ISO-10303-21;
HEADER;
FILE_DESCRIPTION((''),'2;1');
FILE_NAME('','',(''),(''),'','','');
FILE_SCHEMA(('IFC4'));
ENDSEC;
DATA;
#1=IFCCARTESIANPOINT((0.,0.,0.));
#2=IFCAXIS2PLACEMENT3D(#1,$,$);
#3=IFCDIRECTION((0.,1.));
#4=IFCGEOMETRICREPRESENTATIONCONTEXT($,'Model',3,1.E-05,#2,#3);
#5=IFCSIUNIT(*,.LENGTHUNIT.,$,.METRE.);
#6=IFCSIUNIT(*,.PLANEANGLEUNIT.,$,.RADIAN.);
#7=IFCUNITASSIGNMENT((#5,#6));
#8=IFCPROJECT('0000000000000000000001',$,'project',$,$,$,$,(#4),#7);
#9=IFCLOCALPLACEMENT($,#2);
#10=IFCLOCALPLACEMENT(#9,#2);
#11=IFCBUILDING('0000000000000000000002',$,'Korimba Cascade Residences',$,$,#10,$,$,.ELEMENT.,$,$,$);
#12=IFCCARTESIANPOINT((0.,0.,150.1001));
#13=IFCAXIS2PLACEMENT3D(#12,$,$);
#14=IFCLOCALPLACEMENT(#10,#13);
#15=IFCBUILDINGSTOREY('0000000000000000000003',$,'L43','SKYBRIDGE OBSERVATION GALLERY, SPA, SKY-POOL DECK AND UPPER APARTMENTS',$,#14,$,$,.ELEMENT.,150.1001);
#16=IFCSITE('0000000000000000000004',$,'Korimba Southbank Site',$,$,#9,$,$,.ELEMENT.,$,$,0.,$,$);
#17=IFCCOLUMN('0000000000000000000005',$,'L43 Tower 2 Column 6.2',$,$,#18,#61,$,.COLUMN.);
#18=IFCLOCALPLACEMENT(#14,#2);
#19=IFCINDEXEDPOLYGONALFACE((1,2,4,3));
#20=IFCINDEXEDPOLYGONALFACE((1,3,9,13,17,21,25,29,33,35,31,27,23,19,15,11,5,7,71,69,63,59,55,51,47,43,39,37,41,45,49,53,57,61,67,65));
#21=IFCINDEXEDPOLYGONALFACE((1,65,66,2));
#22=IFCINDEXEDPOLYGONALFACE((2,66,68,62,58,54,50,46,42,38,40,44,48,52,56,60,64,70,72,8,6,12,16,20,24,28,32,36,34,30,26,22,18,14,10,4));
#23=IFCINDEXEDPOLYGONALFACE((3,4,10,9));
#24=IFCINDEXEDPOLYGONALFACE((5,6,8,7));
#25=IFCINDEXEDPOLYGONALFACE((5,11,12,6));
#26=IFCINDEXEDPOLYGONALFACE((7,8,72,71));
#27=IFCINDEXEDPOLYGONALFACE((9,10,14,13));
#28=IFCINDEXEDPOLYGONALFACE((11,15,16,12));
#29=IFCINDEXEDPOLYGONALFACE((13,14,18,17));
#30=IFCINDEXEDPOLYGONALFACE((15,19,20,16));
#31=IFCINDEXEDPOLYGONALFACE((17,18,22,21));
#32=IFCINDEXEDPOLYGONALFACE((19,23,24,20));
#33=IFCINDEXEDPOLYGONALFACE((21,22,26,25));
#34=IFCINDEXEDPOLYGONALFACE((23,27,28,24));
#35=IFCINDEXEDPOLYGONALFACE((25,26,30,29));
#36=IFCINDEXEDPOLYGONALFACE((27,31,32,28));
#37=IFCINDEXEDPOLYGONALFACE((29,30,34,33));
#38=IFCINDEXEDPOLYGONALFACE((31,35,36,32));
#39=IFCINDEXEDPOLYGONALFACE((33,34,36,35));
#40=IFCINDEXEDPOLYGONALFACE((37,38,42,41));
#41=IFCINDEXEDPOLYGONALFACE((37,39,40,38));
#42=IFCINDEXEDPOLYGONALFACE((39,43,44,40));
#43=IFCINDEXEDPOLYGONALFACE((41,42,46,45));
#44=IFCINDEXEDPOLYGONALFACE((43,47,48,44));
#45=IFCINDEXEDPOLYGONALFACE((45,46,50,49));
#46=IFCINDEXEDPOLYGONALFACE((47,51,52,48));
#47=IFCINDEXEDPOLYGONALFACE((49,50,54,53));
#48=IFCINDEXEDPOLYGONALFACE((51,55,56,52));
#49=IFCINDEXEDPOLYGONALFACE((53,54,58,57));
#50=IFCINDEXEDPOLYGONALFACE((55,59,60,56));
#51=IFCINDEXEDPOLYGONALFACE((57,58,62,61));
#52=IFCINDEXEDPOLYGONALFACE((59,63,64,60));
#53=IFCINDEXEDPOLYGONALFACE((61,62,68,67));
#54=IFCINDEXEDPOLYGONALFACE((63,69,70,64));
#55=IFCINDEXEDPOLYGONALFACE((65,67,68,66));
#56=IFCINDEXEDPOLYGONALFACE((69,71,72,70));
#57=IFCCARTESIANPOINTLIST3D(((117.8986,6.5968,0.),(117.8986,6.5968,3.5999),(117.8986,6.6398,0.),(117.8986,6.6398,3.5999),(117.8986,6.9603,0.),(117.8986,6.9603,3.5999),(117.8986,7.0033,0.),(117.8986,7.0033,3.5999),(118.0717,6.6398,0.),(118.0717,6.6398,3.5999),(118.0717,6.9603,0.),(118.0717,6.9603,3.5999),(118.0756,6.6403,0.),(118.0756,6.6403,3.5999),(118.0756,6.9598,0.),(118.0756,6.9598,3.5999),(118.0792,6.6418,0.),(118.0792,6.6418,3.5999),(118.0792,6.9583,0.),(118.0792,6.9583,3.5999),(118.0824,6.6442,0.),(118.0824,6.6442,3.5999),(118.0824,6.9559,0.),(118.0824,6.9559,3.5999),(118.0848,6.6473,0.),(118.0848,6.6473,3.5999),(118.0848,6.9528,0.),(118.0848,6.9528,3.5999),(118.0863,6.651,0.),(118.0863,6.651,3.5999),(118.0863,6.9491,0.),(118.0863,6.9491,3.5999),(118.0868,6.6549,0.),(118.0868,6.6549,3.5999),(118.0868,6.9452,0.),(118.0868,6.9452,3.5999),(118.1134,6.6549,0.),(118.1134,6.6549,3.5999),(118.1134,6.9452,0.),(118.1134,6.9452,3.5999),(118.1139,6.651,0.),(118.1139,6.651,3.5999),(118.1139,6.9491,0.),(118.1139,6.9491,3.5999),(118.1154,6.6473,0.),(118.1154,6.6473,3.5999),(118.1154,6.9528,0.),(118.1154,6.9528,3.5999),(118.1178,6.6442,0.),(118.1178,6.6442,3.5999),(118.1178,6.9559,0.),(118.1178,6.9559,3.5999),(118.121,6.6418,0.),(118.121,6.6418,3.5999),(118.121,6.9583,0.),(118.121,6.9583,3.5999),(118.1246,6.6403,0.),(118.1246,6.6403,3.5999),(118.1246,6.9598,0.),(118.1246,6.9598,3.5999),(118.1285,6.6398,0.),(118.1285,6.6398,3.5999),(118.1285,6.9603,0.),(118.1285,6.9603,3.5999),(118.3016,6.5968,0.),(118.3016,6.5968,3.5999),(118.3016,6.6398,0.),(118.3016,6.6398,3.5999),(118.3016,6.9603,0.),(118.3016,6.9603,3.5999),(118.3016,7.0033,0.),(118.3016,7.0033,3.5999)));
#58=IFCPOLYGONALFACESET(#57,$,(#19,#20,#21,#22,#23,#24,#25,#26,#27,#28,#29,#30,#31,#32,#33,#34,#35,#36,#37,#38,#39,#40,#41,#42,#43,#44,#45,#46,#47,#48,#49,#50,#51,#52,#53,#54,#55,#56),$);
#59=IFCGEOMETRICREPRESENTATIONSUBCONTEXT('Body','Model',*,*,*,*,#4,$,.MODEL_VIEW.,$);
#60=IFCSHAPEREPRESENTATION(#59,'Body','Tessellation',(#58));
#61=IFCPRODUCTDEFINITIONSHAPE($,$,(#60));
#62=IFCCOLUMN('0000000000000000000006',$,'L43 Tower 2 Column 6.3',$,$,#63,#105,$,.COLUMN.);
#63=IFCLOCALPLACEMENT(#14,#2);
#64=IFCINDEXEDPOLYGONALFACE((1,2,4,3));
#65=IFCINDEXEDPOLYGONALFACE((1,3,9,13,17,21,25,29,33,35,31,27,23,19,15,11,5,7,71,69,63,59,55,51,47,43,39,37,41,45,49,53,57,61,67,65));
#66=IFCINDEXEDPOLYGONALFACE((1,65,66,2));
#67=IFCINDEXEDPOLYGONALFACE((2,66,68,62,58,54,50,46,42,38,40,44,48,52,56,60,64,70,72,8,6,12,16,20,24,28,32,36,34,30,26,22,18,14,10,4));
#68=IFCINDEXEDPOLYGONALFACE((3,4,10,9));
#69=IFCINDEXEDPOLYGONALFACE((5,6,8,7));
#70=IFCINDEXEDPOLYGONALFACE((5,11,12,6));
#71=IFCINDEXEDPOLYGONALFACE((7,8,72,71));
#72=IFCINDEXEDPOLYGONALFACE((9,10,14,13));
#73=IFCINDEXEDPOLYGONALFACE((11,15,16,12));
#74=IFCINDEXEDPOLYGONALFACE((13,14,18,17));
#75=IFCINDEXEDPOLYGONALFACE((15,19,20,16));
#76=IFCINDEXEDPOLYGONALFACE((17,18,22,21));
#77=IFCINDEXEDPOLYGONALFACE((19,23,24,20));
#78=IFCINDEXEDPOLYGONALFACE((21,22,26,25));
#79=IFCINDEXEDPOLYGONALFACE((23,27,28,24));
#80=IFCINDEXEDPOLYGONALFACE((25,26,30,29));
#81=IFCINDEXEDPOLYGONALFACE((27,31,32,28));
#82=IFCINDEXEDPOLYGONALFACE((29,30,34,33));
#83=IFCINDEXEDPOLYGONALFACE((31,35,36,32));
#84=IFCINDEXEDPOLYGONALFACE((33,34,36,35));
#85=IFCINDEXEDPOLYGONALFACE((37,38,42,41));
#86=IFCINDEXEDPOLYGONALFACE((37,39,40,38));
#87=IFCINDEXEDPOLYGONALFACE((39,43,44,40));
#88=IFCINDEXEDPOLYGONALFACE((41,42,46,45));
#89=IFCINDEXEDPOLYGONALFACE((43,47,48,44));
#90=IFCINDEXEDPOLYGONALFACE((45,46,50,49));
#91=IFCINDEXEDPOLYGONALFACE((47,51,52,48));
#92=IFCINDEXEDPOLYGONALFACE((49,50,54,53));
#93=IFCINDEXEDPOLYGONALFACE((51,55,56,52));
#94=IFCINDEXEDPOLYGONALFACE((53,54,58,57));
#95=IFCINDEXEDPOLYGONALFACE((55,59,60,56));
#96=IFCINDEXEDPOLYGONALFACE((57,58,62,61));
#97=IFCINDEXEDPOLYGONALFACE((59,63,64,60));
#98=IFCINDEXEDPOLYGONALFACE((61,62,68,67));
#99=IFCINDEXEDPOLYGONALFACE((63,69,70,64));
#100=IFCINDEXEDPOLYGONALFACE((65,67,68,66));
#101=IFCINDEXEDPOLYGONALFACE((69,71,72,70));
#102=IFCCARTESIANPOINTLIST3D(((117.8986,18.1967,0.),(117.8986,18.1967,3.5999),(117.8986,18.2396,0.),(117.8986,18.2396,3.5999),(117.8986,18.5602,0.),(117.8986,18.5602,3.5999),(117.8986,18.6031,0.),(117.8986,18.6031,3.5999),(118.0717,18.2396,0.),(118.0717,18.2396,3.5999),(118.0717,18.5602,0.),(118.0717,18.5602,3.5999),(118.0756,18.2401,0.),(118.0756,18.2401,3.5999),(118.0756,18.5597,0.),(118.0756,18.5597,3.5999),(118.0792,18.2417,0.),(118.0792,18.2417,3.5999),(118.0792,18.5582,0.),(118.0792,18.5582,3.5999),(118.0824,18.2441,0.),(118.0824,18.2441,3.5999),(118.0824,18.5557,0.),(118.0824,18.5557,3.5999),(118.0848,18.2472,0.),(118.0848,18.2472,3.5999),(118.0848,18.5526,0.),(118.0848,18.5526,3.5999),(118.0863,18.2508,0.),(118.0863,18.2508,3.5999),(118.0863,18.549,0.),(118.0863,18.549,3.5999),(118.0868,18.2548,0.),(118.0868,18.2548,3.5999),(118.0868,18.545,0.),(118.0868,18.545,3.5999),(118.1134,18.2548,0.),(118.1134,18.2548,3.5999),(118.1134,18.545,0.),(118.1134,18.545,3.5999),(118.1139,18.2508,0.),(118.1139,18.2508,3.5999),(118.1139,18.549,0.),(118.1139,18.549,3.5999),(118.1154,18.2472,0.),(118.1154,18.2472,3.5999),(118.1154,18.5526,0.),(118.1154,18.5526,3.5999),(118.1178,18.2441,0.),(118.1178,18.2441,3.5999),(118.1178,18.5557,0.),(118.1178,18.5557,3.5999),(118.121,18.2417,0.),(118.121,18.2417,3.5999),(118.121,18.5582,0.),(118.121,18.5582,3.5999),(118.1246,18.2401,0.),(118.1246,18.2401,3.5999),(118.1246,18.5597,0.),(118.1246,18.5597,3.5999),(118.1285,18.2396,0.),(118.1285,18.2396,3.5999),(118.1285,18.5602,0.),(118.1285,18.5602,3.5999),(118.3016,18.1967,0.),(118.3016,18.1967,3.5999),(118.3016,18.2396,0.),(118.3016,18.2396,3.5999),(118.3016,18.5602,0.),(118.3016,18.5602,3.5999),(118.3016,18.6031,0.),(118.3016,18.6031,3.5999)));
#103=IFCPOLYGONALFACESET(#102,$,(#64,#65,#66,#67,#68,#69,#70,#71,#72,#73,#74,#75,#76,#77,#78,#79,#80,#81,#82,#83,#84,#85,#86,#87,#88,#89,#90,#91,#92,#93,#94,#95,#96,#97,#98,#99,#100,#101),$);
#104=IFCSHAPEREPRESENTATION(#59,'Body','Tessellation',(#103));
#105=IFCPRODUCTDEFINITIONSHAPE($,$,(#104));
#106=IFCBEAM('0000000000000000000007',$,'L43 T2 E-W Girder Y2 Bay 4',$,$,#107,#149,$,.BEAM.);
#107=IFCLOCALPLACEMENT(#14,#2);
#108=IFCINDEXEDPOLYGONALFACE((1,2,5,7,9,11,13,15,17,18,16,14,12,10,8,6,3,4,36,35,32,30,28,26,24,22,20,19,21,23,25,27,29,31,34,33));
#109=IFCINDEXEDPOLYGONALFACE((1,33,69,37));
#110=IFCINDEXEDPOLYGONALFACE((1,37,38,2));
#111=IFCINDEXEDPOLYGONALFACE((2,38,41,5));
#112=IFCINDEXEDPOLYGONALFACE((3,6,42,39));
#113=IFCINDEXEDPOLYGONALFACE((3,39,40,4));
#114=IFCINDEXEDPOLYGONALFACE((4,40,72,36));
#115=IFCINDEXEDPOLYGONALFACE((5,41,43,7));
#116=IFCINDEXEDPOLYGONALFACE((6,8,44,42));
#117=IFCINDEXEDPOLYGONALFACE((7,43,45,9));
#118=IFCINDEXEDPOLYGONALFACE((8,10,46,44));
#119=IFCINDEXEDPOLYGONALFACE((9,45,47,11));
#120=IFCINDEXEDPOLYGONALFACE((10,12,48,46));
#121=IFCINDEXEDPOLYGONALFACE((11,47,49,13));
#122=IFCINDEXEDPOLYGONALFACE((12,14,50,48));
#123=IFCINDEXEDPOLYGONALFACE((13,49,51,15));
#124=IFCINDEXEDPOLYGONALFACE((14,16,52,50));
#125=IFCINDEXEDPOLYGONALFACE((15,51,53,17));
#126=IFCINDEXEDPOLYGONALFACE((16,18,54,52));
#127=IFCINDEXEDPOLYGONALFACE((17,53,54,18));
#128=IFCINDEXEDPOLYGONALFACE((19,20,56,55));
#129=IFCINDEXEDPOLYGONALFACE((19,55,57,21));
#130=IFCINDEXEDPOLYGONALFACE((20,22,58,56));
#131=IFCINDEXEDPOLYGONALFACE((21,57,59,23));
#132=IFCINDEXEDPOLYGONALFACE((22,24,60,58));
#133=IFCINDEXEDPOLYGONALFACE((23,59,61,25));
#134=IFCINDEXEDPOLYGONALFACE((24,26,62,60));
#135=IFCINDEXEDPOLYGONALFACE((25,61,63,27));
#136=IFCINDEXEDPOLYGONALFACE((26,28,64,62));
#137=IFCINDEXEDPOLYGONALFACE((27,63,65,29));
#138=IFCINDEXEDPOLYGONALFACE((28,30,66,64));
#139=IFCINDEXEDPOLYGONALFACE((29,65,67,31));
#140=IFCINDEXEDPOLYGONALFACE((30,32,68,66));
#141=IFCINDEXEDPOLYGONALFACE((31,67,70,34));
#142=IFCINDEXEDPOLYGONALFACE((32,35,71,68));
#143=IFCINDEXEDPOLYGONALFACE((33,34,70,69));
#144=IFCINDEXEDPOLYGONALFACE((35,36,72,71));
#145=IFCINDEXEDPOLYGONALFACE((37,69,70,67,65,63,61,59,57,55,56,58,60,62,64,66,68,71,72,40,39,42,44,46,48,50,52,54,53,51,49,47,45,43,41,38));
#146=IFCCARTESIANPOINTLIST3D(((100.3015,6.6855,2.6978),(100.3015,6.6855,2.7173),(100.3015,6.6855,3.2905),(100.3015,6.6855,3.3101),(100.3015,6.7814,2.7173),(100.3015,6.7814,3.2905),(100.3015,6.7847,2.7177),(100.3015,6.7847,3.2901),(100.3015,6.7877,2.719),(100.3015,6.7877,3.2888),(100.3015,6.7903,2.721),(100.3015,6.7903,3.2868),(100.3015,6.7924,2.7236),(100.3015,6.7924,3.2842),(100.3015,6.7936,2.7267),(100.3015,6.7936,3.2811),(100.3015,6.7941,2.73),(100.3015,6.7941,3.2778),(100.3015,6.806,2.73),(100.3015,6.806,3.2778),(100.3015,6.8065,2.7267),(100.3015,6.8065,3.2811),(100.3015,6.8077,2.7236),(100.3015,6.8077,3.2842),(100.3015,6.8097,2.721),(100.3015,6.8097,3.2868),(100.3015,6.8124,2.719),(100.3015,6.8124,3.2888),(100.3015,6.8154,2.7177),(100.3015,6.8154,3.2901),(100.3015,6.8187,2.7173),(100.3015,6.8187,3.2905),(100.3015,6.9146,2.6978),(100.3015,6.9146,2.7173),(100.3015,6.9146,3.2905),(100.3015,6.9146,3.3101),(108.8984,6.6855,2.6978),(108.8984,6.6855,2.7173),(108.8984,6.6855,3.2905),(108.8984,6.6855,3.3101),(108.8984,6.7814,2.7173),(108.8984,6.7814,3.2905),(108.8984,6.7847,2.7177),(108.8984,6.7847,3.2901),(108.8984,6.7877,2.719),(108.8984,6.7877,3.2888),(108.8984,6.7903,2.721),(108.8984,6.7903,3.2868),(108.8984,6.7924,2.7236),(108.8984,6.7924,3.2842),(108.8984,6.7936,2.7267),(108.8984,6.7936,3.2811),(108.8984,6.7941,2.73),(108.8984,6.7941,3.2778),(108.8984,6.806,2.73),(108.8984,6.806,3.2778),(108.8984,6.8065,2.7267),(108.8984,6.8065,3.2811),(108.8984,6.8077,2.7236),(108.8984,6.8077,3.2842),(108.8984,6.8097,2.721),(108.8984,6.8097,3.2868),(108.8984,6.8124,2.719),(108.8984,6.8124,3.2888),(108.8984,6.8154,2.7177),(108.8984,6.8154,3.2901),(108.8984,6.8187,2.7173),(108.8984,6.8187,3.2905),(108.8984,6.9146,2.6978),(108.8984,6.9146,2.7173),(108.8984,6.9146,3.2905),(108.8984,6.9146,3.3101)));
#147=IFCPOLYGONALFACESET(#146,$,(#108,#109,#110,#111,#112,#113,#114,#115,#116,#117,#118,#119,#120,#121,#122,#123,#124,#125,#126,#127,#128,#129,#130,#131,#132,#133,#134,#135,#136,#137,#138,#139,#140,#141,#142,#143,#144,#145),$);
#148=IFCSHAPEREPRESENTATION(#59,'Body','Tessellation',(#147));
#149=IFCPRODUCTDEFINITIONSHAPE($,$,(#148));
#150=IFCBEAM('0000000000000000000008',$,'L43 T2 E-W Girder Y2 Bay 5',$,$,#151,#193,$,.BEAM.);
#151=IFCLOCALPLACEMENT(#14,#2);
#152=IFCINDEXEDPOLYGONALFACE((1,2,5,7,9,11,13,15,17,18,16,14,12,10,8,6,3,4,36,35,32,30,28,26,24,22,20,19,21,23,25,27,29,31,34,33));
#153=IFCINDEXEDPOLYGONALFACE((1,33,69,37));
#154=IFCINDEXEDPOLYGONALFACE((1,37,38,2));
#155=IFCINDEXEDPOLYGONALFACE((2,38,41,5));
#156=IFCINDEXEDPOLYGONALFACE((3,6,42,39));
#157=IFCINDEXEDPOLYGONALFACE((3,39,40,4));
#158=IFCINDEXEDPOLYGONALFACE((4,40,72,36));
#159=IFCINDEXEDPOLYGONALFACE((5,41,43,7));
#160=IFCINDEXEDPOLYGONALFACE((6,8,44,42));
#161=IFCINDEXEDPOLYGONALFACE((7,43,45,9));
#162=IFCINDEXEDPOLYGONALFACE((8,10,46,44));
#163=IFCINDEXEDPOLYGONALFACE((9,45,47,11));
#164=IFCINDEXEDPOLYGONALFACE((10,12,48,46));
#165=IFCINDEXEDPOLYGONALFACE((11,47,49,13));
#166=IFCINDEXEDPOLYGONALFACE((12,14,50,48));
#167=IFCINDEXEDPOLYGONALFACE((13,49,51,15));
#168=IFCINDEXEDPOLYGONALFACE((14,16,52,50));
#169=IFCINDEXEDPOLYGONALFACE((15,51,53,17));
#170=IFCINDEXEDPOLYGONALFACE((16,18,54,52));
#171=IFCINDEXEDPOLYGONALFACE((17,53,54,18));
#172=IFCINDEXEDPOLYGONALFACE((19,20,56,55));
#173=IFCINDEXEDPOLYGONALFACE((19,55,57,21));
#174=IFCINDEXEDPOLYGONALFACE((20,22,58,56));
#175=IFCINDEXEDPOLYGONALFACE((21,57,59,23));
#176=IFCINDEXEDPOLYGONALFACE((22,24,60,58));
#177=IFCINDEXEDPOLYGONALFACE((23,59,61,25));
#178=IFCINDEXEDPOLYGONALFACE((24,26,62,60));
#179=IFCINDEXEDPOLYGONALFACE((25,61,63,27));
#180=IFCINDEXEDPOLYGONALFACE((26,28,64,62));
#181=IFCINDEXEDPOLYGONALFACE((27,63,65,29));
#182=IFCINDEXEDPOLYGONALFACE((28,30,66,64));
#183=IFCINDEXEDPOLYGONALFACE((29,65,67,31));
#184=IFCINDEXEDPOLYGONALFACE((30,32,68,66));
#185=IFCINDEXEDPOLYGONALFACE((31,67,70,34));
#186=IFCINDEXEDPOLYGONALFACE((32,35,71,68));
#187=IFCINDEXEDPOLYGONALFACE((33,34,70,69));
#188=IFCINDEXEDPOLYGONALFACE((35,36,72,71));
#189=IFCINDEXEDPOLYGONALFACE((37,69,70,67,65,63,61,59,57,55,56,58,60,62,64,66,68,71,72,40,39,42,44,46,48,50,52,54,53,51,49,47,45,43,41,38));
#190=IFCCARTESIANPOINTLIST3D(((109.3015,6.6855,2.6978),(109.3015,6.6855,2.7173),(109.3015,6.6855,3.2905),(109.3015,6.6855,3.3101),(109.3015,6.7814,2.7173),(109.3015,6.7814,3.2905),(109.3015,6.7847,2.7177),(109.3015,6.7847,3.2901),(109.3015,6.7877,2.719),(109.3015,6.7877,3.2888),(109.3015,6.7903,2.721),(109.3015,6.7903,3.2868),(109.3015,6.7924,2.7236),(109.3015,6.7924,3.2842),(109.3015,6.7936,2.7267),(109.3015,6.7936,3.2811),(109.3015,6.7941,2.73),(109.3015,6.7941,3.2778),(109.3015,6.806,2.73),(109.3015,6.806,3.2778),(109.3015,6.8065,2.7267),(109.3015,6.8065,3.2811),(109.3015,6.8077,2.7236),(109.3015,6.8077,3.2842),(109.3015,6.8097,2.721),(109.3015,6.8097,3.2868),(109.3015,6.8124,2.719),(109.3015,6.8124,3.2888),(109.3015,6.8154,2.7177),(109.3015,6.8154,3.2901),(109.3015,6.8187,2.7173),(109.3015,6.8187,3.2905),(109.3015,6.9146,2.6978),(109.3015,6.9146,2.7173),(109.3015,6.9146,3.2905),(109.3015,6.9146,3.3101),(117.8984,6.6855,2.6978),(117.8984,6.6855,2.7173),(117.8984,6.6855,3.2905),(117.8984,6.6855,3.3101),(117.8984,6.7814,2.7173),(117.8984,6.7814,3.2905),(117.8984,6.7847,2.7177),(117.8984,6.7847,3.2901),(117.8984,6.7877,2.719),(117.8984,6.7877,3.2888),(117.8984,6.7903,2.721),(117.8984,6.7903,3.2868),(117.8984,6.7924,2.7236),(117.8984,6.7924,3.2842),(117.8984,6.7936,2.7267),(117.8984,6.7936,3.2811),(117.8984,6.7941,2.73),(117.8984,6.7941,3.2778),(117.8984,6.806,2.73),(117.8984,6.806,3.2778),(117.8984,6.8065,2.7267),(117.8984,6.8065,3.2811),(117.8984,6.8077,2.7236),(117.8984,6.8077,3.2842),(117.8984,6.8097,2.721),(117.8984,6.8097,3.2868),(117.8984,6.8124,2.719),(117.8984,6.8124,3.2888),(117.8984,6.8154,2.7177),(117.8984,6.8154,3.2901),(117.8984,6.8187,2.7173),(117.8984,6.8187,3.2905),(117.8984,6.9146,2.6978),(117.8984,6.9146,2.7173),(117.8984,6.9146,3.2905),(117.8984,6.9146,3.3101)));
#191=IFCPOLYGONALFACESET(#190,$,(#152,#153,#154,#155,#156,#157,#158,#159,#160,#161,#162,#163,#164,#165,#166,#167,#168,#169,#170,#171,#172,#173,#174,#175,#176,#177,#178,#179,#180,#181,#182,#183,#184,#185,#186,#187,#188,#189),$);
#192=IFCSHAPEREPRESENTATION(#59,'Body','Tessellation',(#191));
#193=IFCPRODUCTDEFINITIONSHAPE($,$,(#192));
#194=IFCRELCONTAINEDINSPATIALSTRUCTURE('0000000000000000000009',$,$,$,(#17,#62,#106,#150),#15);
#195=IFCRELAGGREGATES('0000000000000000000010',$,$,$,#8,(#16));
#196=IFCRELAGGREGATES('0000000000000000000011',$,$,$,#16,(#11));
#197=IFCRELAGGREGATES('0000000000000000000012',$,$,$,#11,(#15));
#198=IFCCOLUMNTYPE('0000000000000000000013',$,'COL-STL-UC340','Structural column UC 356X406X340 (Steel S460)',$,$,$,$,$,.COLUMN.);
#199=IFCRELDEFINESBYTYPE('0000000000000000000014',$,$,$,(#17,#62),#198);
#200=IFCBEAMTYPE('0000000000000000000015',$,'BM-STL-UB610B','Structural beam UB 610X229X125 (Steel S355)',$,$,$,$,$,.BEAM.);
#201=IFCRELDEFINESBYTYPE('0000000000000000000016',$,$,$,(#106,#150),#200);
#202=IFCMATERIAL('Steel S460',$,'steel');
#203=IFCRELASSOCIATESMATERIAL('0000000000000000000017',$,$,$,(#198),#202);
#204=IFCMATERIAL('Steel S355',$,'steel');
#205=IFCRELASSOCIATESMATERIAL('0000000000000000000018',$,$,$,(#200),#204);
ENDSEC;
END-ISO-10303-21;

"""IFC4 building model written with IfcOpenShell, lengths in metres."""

from ifc_helpers import new_model, si_unit, direction, frame, origin, origin_2d, place, context, subcontext, project, spatial, i_section, extrude, material, material_profile, profile_set, type_object, element, save


model = new_model("IFC4")

# Units and contexts
model_context = context("Model", 3, precision=1e-05, world=origin(), true_north=direction((0.0, 1.0)))
body_context = subcontext(model_context, "Body", "Model", "MODEL_VIEW")
ifc_project = project(units=[si_unit("LENGTHUNIT", "METRE"), si_unit("PLANEANGLEUNIT", "RADIAN")], contexts=[model_context])

# Site, building, storey
site_placement = place(None, origin())
site = spatial("IfcSite", under=ifc_project, at=site_placement, Name="Korimba Southbank Site", CompositionType="ELEMENT", RefElevation=0.0)
building_placement = place(site_placement, origin())
building = spatial("IfcBuilding", under=site, at=building_placement, Name="Korimba Cascade Residences", CompositionType="ELEMENT")
storey_placement = place(building_placement, frame((0.0, 0.0, 150.1001)))
storey = spatial("IfcBuildingStorey", under=building, at=storey_placement, Name="L43", Description="SKYBRIDGE OBSERVATION GALLERY, SPA, SKY-POOL DECK AND UPPER APARTMENTS", CompositionType="ELEMENT", Elevation=150.1001)

# Columns
ifc_material_1 = material(Name="Steel S460", Category="steel")
ifc_material_profile_1 = material_profile(ifc_material_1, i_section(OverallWidth=0.4031, OverallDepth=0.4065, WebThickness=0.0266, FlangeThickness=0.043, FilletRadius=0.0151, at=origin_2d()), Name="Steel S460")
ifc_profile_set_1 = profile_set([ifc_material_profile_1], Name="Steel S460")
column_type = type_object("IfcColumnType", Name="COL-STL-UC340", Description="Structural column UC 356X406X340 (Steel S460)", PredefinedType="COLUMN", material=ifc_profile_set_1)
for number, where, z_axis, x_axis, name in (
    (1, (118.1001, 6.8, 0.0), (0.0, 0.0, 1.0), (1.0, 0.0, 0.0), "L43 Tower 2 Column 6.2"),
    (2, (118.1001, 18.3999, 0.0), (0.0, 0.0, 1.0), (1.0, 0.0, 0.0), "L43 Tower 2 Column 6.3"),
):
    element("IfcColumn", number, at=place(storey_placement, frame(where, z_axis=z_axis, x_axis=x_axis)), inside=storey, type_object=column_type, Name=name, PredefinedType="COLUMN", context=body_context, shape_type="SweptSolid", body=[
        extrude(i_section(OverallWidth=0.4031, OverallDepth=0.4065, WebThickness=0.0266, FlangeThickness=0.043, FilletRadius=0.0151, at=origin_2d()), origin(), (0.0, 0.0, 1.0), 3.5999),
    ])

# Beams
ifc_material_2 = material(Name="Steel S355", Category="steel")
ifc_material_profile_2 = material_profile(ifc_material_2, i_section(OverallWidth=0.229, OverallDepth=0.6123, WebThickness=0.012, FlangeThickness=0.0195, FilletRadius=0.0127, at=origin_2d()), Name="Steel S355")
ifc_profile_set_2 = profile_set([ifc_material_profile_2], Name="Steel S355")
beam_type_1 = type_object("IfcBeamType", Name="BM-STL-UB610B", Description="Structural beam UB 610X229X125 (Steel S355)", PredefinedType="BEAM", material=ifc_profile_set_2)
for number, where, z_axis, x_axis, name in (
    (3, (100.3015, 6.8, 3.0039), (1.0, 0.0, 0.0), (0.0, 1.0, 0.0), "L43 T2 E-W Girder Y2 Bay 4"),
    (4, (109.3015, 6.8, 3.0039), (1.0, 0.0, 0.0), (0.0, 1.0, 0.0), "L43 T2 E-W Girder Y2 Bay 5"),
):
    element("IfcBeam", number, at=place(storey_placement, frame(where, z_axis=z_axis, x_axis=x_axis)), inside=storey, type_object=beam_type_1, Name=name, PredefinedType="BEAM", context=body_context, shape_type="SweptSolid", body=[
        extrude(i_section(OverallWidth=0.229, OverallDepth=0.6123, WebThickness=0.012, FlangeThickness=0.0195, FilletRadius=0.0127, at=origin_2d()), origin(), (0.0, 0.0, 1.0), 8.5969),
    ])

save(model, "model.ifc")
